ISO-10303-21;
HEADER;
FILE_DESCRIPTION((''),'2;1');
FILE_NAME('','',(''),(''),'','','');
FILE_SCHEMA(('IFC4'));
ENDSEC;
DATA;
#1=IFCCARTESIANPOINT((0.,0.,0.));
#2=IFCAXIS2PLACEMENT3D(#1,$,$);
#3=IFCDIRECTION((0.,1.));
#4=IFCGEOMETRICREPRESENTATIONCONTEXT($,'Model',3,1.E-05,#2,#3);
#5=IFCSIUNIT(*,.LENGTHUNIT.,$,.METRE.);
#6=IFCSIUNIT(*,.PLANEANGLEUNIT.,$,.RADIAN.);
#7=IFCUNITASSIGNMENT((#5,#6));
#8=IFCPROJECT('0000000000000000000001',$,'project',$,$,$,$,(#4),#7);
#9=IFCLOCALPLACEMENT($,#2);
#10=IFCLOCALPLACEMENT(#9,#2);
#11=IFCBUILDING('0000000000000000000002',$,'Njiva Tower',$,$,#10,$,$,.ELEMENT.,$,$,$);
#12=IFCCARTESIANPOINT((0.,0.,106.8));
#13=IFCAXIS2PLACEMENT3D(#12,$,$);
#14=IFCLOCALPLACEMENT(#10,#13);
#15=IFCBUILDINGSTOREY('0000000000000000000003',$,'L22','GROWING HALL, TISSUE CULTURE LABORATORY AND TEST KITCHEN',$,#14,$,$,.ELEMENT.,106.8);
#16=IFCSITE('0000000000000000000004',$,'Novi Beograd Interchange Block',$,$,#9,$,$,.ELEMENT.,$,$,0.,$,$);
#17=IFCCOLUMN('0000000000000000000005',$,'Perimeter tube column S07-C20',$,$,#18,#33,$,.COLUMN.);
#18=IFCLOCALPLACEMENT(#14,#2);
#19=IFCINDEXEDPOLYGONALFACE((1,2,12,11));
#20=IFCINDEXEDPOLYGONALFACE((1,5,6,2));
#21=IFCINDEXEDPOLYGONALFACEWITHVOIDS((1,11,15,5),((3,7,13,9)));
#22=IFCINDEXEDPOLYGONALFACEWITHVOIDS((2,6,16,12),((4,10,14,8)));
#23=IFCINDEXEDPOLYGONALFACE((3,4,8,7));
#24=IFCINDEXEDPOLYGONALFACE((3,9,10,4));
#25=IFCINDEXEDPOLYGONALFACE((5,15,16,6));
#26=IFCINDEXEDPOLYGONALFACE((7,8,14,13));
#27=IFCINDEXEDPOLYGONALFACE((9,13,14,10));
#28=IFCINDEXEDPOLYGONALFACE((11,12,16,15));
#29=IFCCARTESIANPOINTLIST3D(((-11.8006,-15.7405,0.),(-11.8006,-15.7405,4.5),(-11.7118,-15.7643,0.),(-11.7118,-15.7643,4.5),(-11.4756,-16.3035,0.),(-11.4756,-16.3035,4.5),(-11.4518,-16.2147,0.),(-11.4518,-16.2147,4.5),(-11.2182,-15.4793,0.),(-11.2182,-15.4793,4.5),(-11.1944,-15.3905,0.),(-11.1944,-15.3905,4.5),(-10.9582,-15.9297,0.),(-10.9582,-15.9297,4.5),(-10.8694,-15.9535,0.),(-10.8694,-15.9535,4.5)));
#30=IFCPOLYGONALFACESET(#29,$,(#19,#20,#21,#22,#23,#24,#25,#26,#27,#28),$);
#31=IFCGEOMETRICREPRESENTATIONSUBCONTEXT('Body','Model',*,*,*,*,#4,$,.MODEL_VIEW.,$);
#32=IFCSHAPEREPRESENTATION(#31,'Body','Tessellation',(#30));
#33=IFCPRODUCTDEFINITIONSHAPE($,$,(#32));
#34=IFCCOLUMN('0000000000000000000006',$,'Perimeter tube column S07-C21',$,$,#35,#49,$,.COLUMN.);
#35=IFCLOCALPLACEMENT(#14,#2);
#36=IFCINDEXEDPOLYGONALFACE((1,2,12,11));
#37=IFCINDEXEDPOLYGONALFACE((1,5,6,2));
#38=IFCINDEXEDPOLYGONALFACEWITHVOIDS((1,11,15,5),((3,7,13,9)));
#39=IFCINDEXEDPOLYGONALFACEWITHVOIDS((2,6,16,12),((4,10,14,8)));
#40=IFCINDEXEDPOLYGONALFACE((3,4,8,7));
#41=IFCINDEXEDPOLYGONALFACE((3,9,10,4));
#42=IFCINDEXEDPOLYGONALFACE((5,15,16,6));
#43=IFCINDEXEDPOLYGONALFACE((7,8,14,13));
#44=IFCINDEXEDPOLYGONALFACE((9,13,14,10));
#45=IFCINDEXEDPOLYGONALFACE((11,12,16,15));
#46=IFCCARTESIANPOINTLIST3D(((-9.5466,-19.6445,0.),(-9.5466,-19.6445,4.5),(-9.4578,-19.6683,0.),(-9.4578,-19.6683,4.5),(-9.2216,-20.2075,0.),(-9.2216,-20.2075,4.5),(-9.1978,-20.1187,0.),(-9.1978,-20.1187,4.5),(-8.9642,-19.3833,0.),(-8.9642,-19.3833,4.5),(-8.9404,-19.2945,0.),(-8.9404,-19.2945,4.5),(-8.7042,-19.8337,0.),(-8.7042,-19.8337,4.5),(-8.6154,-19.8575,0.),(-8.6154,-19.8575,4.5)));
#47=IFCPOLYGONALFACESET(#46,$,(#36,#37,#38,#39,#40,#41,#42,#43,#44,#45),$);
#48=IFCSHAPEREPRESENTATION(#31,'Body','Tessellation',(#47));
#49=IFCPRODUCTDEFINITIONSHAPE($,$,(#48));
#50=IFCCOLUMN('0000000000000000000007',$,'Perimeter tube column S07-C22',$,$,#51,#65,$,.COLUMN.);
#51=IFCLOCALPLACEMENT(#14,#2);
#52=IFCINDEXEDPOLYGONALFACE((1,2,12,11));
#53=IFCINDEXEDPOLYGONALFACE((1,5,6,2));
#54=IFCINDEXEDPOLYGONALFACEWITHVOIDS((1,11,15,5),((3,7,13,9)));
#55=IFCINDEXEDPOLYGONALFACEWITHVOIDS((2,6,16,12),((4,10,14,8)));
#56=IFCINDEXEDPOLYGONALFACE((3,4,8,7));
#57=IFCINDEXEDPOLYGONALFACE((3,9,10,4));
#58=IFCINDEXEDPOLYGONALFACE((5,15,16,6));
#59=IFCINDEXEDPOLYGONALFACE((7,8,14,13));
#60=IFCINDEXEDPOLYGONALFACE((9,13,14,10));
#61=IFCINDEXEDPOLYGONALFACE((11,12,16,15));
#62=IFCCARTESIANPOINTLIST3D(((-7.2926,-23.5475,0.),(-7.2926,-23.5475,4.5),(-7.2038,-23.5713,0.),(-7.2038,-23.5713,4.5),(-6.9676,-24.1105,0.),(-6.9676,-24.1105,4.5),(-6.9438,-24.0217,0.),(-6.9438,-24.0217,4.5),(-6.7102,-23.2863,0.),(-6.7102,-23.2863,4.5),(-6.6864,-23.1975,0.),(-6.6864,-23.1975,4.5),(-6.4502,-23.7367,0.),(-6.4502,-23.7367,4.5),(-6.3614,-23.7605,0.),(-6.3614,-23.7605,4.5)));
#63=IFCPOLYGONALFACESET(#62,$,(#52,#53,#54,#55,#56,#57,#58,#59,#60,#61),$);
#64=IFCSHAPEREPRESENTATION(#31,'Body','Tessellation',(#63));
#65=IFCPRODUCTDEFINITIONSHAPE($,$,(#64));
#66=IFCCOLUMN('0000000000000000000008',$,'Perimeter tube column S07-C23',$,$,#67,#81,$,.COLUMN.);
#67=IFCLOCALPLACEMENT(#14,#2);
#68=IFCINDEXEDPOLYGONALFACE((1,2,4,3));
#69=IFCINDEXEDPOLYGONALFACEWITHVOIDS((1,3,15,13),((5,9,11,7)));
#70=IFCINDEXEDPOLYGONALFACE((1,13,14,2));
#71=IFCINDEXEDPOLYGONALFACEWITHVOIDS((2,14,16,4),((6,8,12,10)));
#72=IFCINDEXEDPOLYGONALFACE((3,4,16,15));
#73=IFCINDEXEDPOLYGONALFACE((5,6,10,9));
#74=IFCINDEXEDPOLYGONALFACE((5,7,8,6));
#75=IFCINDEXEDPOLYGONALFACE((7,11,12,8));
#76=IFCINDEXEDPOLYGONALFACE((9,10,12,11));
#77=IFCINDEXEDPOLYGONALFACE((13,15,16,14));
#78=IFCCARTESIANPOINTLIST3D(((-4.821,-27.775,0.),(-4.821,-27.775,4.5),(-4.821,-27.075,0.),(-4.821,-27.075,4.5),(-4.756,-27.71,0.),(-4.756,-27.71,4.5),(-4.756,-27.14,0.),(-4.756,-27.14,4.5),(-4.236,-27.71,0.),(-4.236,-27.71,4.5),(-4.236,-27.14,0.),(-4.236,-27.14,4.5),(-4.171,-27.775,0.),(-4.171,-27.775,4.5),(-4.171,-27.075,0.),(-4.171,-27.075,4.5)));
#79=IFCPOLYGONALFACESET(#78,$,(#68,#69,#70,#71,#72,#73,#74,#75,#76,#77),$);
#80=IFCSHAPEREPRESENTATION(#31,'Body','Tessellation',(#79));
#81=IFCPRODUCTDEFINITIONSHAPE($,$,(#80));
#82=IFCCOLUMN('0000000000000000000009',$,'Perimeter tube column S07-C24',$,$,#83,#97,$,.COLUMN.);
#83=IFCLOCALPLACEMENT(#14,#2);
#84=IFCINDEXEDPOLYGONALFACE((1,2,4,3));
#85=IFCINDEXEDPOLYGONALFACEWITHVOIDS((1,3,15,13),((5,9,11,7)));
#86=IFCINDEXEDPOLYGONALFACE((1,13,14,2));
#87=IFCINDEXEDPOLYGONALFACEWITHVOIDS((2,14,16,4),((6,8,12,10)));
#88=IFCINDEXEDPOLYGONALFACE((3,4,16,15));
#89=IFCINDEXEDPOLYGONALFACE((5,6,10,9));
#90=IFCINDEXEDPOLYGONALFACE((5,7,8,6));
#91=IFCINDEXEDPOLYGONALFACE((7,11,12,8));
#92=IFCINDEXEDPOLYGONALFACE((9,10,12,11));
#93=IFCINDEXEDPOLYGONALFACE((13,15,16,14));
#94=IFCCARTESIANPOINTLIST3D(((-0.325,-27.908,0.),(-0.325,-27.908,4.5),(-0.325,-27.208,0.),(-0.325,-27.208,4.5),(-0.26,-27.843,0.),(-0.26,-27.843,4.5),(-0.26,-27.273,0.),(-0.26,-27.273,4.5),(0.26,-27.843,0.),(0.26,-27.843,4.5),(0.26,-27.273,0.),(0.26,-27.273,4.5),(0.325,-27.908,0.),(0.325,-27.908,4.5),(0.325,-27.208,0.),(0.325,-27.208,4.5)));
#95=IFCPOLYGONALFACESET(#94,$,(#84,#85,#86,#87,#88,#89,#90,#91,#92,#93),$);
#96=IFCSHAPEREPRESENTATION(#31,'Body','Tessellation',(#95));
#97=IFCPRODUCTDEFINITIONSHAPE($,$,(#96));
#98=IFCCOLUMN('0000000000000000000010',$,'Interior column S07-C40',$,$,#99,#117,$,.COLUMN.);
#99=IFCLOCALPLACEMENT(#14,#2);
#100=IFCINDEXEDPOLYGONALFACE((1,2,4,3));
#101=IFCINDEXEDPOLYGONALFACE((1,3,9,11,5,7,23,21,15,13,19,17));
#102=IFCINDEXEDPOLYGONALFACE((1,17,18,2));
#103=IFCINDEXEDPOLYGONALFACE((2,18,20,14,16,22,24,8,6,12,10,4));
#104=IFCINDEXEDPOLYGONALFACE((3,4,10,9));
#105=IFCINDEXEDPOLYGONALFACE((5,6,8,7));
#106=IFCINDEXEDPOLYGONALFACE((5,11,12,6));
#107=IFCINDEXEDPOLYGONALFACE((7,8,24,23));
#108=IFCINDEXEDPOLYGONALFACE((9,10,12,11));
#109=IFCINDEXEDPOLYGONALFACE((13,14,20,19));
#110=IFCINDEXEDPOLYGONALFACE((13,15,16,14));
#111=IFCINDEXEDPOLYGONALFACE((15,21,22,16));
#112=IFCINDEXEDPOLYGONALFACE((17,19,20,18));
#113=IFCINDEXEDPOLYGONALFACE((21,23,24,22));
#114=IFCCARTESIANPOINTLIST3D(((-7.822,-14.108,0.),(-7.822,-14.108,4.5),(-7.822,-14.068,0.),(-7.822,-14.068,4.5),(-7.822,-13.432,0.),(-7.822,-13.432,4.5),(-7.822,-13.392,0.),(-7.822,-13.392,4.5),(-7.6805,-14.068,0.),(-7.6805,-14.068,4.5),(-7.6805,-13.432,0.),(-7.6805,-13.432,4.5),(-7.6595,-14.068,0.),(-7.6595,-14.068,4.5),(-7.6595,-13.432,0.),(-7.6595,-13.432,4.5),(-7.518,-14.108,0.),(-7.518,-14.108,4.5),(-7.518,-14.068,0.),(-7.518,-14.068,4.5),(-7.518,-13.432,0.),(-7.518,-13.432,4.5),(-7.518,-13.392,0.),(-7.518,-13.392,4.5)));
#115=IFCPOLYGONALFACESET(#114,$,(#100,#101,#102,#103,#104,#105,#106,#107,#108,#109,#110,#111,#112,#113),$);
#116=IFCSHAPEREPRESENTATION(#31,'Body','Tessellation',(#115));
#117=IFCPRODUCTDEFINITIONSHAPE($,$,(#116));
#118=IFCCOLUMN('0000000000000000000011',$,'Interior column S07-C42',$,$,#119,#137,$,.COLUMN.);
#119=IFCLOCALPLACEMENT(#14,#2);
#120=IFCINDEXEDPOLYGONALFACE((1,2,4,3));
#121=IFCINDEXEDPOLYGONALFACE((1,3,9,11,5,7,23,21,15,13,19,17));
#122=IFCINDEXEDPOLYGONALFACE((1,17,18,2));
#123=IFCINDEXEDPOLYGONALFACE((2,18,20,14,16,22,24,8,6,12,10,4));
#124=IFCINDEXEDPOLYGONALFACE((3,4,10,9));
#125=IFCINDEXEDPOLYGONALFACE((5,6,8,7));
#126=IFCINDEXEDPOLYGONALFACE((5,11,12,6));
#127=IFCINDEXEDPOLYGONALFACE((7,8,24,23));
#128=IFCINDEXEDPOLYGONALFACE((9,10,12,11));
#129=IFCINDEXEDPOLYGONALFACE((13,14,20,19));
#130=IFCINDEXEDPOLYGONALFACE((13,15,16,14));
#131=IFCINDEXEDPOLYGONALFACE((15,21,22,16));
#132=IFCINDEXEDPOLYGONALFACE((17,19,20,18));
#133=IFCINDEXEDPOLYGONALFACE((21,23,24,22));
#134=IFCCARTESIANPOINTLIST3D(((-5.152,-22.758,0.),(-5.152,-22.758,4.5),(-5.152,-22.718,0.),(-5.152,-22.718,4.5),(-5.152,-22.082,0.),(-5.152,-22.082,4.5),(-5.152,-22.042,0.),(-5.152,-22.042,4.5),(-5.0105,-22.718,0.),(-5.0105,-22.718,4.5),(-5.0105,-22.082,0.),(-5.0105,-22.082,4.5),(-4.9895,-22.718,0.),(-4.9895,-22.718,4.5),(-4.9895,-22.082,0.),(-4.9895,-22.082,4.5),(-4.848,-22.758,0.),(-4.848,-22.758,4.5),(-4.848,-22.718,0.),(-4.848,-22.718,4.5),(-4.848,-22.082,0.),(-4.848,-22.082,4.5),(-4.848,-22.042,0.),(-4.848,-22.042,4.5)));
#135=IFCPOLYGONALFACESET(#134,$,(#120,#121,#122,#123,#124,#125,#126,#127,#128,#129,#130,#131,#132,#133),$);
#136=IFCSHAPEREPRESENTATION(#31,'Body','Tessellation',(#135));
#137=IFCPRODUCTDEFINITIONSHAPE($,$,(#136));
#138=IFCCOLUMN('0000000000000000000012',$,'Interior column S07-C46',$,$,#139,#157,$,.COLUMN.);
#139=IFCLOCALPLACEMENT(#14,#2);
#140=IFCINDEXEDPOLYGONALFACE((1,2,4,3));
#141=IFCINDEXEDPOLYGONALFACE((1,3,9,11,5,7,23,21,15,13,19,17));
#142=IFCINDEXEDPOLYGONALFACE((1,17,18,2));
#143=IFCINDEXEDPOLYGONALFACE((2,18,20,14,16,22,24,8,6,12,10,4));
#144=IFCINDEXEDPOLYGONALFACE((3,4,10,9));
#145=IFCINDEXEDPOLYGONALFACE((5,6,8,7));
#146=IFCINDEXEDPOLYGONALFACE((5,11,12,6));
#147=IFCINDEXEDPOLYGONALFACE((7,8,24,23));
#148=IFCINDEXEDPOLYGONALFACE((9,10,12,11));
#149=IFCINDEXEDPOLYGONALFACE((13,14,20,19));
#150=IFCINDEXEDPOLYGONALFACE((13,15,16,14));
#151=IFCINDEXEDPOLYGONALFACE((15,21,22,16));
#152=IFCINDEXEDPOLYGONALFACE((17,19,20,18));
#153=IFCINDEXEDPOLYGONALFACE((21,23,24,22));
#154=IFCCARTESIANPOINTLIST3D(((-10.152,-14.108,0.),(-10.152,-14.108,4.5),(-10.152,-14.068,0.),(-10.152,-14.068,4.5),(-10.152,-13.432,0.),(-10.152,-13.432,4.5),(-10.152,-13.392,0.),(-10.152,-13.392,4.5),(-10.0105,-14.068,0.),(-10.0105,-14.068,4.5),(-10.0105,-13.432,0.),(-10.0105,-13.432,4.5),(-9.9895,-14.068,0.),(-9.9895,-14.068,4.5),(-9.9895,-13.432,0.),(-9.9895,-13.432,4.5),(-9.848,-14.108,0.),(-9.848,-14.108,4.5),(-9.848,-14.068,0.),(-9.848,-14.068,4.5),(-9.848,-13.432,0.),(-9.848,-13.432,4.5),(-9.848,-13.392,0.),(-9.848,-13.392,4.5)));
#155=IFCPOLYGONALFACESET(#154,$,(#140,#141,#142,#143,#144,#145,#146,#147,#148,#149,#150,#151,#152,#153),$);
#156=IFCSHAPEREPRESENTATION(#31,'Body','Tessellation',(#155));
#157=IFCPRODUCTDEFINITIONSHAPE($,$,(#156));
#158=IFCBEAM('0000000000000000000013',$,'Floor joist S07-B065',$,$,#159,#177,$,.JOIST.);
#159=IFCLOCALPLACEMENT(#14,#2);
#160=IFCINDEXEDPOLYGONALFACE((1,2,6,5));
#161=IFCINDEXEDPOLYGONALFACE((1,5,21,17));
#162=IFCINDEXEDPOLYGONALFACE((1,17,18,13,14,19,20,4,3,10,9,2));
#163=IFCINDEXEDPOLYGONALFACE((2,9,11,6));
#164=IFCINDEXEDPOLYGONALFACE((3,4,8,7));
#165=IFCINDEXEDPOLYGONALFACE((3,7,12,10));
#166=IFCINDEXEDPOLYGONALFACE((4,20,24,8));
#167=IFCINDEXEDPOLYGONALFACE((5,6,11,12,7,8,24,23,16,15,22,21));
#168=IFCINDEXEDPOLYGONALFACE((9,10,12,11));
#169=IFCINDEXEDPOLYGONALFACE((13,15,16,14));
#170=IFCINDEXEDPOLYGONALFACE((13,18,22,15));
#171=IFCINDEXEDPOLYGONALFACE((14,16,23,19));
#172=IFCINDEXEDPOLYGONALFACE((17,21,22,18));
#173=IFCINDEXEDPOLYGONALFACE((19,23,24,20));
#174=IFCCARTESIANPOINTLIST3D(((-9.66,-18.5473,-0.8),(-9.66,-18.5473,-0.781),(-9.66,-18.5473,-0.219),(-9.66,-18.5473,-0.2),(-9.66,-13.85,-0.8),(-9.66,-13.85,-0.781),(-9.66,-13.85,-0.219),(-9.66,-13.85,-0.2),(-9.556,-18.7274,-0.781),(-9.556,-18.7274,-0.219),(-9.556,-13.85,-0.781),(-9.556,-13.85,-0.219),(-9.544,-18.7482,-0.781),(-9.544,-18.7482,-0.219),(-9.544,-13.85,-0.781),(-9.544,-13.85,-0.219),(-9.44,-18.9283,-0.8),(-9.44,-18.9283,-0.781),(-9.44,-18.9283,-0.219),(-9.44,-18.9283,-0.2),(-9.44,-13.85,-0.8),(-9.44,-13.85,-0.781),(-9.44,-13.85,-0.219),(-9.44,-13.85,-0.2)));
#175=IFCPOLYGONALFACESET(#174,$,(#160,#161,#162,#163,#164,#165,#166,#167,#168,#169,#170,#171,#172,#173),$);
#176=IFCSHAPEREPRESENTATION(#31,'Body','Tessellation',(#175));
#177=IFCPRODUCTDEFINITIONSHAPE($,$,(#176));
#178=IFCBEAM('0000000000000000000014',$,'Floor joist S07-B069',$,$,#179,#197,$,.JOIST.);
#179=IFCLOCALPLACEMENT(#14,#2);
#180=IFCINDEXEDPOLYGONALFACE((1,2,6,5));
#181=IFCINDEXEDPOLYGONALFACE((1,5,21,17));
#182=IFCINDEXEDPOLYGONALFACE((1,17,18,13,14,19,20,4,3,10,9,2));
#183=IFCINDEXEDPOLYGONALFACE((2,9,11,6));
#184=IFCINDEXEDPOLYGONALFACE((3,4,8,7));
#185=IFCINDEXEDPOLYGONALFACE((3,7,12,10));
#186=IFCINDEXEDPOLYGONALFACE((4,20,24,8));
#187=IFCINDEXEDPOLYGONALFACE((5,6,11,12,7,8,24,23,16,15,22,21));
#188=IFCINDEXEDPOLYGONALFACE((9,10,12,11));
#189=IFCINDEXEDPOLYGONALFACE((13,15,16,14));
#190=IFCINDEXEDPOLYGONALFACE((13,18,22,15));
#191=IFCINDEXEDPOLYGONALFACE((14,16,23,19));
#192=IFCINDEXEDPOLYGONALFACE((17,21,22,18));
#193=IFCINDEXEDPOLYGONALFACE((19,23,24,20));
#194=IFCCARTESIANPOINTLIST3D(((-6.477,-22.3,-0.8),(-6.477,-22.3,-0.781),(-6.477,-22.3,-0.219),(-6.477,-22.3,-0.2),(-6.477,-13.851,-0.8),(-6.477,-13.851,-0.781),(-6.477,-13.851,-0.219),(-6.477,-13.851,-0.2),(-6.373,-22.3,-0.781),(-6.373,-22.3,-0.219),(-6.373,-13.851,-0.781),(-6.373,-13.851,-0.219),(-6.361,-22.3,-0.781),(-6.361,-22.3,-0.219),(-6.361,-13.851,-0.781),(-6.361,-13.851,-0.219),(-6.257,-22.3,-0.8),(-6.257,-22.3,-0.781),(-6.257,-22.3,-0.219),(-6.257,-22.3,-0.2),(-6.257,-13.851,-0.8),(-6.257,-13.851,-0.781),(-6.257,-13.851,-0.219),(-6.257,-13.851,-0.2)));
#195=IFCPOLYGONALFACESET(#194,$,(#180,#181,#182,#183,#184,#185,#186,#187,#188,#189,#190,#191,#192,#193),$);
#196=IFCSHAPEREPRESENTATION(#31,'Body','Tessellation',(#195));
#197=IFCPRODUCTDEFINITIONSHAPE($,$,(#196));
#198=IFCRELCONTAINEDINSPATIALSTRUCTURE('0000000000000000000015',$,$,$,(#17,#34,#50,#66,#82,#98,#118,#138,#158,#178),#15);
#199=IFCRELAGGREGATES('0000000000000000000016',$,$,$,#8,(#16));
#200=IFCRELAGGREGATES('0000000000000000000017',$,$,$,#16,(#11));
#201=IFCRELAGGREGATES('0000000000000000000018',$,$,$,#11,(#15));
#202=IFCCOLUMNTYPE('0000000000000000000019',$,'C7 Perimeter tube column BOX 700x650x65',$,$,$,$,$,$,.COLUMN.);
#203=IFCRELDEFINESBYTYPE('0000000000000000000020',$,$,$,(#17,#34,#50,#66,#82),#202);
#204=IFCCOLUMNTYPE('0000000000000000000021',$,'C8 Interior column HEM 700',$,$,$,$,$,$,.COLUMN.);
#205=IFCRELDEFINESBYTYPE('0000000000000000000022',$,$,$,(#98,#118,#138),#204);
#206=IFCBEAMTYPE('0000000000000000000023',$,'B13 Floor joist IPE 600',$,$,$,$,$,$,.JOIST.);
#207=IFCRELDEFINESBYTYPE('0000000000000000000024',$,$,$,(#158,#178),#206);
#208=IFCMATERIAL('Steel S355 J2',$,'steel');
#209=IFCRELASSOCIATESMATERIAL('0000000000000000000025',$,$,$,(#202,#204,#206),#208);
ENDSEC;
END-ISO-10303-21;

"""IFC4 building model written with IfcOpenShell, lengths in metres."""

from ifc_helpers import new_model, si_unit, direction, frame, origin, origin_2d, place, context, subcontext, project, spatial, hollow_rectangle, i_section, extrude, clip, halfspace, material, material_profile, profile_set, type_object, element, save


model = new_model("IFC4")

# Units and contexts
model_context = context("Model", 3, precision=1e-05, world=origin(), true_north=direction((0.0, 1.0)))
body_context = subcontext(model_context, "Body", "Model", "MODEL_VIEW")
ifc_project = project(units=[si_unit("LENGTHUNIT", "METRE"), si_unit("PLANEANGLEUNIT", "RADIAN")], contexts=[model_context])

# Site, building, storey
site_placement = place(None, origin())
site = spatial("IfcSite", under=ifc_project, at=site_placement, Name="Novi Beograd Interchange Block", CompositionType="ELEMENT", RefElevation=0.0)
building_placement = place(site_placement, origin())
building = spatial("IfcBuilding", under=site, at=building_placement, Name="Njiva Tower", CompositionType="ELEMENT")
storey_placement = place(building_placement, frame((0.0, 0.0, 106.8)))
storey = spatial("IfcBuildingStorey", under=building, at=storey_placement, Name="L22", Description="GROWING HALL, TISSUE CULTURE LABORATORY AND TEST KITCHEN", CompositionType="ELEMENT", Elevation=106.8)

# Columns
ifc_material_1 = material(Name="Steel S355 J2", Category="steel")
ifc_material_profile_1 = material_profile(ifc_material_1, hollow_rectangle(XDim=0.65, YDim=0.7, WallThickness=0.065, at=origin_2d()), Name="BOX 700x650x65")
ifc_profile_set_1 = profile_set([ifc_material_profile_1], Name="Steel S355 J2")
column_type_1 = type_object("IfcColumnType", Name="C7 Perimeter tube column BOX 700x650x65", PredefinedType="COLUMN", material=ifc_profile_set_1)
for number, where, z_axis, x_axis, name in (
    (1, (-11.335, -15.847, 0.0), (0.0, 0.0, 1.0), (0.5, -0.866025, 0.0), "Perimeter tube column S07-C20"),
    (2, (-9.081, -19.751, 0.0), (0.0, 0.0, 1.0), (0.5, -0.866025, 0.0), "Perimeter tube column S07-C21"),
    (3, (-6.827, -23.654, 0.0), (0.0, 0.0, 1.0), (0.5, -0.866025, 0.0), "Perimeter tube column S07-C22"),
    (4, (-4.496, -27.425, 0.0), (0.0, 0.0, 1.0), (1.0, 0.0, 0.0), "Perimeter tube column S07-C23"),
    (5, (0.0, -27.558, 0.0), (0.0, 0.0, 1.0), (1.0, 0.0, 0.0), "Perimeter tube column S07-C24"),
):
    element("IfcColumn", number, at=place(storey_placement, frame(where, z_axis=z_axis, x_axis=x_axis)), inside=storey, type_object=column_type_1, Name=name, PredefinedType="COLUMN", context=body_context, shape_type="SweptSolid", body=[
        extrude(hollow_rectangle(XDim=0.65, YDim=0.7, WallThickness=0.065, at=origin_2d()), origin(), (0.0, 0.0, 1.0), 4.5),
    ])
ifc_material_profile_2 = material_profile(ifc_material_1, i_section(OverallWidth=0.304, OverallDepth=0.716, WebThickness=0.021, FlangeThickness=0.04, at=origin_2d()), Name="HEM 700")
ifc_profile_set_2 = profile_set([ifc_material_profile_2], Name="Steel S355 J2")
column_type_2 = type_object("IfcColumnType", Name="C8 Interior column HEM 700", PredefinedType="COLUMN", material=ifc_profile_set_2)
for number, where, z_axis, x_axis, name in (
    (6, (-7.67, -13.75, 0.0), (0.0, 0.0, 1.0), (1.0, 0.0, 0.0), "Interior column S07-C40"),
    (7, (-5.0, -22.4, 0.0), (0.0, 0.0, 1.0), (1.0, 0.0, 0.0), "Interior column S07-C42"),
    (8, (-10.0, -13.75, 0.0), (0.0, 0.0, 1.0), (1.0, 0.0, 0.0), "Interior column S07-C46"),
):
    element("IfcColumn", number, at=place(storey_placement, frame(where, z_axis=z_axis, x_axis=x_axis)), inside=storey, type_object=column_type_2, Name=name, PredefinedType="COLUMN", context=body_context, shape_type="SweptSolid", body=[
        extrude(i_section(OverallWidth=0.304, OverallDepth=0.716, WebThickness=0.021, FlangeThickness=0.04, at=origin_2d()), origin(), (0.0, 0.0, 1.0), 4.5),
    ])

# Beams
ifc_material_profile_3 = material_profile(ifc_material_1, i_section(OverallWidth=0.22, OverallDepth=0.6, WebThickness=0.012, FlangeThickness=0.019, at=origin_2d()), Name="IPE 600")
ifc_profile_set_3 = profile_set([ifc_material_profile_3], Name="Steel S355 J2")
beam_type_1 = type_object("IfcBeamType", Name="B13 Floor joist IPE 600", PredefinedType="JOIST", material=ifc_profile_set_3)
beam_1_placement = place(storey_placement, frame((-9.55, -13.85, -0.5), z_axis=(0.0, -1.0, 0.0), x_axis=(1.0, 0.0, 0.0)))
element("IfcBeam", 9, at=beam_1_placement, inside=storey, type_object=beam_type_1, Name="Floor joist S07-B065", PredefinedType="JOIST", context=body_context, shape_type="Clipping", body=[
    clip(extrude(i_section(OverallWidth=0.22, OverallDepth=0.6, WebThickness=0.012, FlangeThickness=0.019, at=origin_2d()), origin(), (0.0, 0.0, 1.0), 5.099), halfspace(frame((-0.0433, 0.0, 4.8128), z_axis=(-0.866027, 0.0, 0.499998), x_axis=(0.0, 1.0, 0.0)), False)),
])
for number, where, z_axis, x_axis, name in (
    (10, (-6.367, -13.851, -0.5), (0.0, -1.0, 0.0), (1.0, 0.0, 0.0), "Floor joist S07-B069"),
):
    element("IfcBeam", number, at=place(storey_placement, frame(where, z_axis=z_axis, x_axis=x_axis)), inside=storey, type_object=beam_type_1, Name=name, PredefinedType="JOIST", context=body_context, shape_type="SweptSolid", body=[
        extrude(i_section(OverallWidth=0.22, OverallDepth=0.6, WebThickness=0.012, FlangeThickness=0.019, at=origin_2d()), origin(), (0.0, 0.0, 1.0), 8.449),
    ])

save(model, "model.ifc")
